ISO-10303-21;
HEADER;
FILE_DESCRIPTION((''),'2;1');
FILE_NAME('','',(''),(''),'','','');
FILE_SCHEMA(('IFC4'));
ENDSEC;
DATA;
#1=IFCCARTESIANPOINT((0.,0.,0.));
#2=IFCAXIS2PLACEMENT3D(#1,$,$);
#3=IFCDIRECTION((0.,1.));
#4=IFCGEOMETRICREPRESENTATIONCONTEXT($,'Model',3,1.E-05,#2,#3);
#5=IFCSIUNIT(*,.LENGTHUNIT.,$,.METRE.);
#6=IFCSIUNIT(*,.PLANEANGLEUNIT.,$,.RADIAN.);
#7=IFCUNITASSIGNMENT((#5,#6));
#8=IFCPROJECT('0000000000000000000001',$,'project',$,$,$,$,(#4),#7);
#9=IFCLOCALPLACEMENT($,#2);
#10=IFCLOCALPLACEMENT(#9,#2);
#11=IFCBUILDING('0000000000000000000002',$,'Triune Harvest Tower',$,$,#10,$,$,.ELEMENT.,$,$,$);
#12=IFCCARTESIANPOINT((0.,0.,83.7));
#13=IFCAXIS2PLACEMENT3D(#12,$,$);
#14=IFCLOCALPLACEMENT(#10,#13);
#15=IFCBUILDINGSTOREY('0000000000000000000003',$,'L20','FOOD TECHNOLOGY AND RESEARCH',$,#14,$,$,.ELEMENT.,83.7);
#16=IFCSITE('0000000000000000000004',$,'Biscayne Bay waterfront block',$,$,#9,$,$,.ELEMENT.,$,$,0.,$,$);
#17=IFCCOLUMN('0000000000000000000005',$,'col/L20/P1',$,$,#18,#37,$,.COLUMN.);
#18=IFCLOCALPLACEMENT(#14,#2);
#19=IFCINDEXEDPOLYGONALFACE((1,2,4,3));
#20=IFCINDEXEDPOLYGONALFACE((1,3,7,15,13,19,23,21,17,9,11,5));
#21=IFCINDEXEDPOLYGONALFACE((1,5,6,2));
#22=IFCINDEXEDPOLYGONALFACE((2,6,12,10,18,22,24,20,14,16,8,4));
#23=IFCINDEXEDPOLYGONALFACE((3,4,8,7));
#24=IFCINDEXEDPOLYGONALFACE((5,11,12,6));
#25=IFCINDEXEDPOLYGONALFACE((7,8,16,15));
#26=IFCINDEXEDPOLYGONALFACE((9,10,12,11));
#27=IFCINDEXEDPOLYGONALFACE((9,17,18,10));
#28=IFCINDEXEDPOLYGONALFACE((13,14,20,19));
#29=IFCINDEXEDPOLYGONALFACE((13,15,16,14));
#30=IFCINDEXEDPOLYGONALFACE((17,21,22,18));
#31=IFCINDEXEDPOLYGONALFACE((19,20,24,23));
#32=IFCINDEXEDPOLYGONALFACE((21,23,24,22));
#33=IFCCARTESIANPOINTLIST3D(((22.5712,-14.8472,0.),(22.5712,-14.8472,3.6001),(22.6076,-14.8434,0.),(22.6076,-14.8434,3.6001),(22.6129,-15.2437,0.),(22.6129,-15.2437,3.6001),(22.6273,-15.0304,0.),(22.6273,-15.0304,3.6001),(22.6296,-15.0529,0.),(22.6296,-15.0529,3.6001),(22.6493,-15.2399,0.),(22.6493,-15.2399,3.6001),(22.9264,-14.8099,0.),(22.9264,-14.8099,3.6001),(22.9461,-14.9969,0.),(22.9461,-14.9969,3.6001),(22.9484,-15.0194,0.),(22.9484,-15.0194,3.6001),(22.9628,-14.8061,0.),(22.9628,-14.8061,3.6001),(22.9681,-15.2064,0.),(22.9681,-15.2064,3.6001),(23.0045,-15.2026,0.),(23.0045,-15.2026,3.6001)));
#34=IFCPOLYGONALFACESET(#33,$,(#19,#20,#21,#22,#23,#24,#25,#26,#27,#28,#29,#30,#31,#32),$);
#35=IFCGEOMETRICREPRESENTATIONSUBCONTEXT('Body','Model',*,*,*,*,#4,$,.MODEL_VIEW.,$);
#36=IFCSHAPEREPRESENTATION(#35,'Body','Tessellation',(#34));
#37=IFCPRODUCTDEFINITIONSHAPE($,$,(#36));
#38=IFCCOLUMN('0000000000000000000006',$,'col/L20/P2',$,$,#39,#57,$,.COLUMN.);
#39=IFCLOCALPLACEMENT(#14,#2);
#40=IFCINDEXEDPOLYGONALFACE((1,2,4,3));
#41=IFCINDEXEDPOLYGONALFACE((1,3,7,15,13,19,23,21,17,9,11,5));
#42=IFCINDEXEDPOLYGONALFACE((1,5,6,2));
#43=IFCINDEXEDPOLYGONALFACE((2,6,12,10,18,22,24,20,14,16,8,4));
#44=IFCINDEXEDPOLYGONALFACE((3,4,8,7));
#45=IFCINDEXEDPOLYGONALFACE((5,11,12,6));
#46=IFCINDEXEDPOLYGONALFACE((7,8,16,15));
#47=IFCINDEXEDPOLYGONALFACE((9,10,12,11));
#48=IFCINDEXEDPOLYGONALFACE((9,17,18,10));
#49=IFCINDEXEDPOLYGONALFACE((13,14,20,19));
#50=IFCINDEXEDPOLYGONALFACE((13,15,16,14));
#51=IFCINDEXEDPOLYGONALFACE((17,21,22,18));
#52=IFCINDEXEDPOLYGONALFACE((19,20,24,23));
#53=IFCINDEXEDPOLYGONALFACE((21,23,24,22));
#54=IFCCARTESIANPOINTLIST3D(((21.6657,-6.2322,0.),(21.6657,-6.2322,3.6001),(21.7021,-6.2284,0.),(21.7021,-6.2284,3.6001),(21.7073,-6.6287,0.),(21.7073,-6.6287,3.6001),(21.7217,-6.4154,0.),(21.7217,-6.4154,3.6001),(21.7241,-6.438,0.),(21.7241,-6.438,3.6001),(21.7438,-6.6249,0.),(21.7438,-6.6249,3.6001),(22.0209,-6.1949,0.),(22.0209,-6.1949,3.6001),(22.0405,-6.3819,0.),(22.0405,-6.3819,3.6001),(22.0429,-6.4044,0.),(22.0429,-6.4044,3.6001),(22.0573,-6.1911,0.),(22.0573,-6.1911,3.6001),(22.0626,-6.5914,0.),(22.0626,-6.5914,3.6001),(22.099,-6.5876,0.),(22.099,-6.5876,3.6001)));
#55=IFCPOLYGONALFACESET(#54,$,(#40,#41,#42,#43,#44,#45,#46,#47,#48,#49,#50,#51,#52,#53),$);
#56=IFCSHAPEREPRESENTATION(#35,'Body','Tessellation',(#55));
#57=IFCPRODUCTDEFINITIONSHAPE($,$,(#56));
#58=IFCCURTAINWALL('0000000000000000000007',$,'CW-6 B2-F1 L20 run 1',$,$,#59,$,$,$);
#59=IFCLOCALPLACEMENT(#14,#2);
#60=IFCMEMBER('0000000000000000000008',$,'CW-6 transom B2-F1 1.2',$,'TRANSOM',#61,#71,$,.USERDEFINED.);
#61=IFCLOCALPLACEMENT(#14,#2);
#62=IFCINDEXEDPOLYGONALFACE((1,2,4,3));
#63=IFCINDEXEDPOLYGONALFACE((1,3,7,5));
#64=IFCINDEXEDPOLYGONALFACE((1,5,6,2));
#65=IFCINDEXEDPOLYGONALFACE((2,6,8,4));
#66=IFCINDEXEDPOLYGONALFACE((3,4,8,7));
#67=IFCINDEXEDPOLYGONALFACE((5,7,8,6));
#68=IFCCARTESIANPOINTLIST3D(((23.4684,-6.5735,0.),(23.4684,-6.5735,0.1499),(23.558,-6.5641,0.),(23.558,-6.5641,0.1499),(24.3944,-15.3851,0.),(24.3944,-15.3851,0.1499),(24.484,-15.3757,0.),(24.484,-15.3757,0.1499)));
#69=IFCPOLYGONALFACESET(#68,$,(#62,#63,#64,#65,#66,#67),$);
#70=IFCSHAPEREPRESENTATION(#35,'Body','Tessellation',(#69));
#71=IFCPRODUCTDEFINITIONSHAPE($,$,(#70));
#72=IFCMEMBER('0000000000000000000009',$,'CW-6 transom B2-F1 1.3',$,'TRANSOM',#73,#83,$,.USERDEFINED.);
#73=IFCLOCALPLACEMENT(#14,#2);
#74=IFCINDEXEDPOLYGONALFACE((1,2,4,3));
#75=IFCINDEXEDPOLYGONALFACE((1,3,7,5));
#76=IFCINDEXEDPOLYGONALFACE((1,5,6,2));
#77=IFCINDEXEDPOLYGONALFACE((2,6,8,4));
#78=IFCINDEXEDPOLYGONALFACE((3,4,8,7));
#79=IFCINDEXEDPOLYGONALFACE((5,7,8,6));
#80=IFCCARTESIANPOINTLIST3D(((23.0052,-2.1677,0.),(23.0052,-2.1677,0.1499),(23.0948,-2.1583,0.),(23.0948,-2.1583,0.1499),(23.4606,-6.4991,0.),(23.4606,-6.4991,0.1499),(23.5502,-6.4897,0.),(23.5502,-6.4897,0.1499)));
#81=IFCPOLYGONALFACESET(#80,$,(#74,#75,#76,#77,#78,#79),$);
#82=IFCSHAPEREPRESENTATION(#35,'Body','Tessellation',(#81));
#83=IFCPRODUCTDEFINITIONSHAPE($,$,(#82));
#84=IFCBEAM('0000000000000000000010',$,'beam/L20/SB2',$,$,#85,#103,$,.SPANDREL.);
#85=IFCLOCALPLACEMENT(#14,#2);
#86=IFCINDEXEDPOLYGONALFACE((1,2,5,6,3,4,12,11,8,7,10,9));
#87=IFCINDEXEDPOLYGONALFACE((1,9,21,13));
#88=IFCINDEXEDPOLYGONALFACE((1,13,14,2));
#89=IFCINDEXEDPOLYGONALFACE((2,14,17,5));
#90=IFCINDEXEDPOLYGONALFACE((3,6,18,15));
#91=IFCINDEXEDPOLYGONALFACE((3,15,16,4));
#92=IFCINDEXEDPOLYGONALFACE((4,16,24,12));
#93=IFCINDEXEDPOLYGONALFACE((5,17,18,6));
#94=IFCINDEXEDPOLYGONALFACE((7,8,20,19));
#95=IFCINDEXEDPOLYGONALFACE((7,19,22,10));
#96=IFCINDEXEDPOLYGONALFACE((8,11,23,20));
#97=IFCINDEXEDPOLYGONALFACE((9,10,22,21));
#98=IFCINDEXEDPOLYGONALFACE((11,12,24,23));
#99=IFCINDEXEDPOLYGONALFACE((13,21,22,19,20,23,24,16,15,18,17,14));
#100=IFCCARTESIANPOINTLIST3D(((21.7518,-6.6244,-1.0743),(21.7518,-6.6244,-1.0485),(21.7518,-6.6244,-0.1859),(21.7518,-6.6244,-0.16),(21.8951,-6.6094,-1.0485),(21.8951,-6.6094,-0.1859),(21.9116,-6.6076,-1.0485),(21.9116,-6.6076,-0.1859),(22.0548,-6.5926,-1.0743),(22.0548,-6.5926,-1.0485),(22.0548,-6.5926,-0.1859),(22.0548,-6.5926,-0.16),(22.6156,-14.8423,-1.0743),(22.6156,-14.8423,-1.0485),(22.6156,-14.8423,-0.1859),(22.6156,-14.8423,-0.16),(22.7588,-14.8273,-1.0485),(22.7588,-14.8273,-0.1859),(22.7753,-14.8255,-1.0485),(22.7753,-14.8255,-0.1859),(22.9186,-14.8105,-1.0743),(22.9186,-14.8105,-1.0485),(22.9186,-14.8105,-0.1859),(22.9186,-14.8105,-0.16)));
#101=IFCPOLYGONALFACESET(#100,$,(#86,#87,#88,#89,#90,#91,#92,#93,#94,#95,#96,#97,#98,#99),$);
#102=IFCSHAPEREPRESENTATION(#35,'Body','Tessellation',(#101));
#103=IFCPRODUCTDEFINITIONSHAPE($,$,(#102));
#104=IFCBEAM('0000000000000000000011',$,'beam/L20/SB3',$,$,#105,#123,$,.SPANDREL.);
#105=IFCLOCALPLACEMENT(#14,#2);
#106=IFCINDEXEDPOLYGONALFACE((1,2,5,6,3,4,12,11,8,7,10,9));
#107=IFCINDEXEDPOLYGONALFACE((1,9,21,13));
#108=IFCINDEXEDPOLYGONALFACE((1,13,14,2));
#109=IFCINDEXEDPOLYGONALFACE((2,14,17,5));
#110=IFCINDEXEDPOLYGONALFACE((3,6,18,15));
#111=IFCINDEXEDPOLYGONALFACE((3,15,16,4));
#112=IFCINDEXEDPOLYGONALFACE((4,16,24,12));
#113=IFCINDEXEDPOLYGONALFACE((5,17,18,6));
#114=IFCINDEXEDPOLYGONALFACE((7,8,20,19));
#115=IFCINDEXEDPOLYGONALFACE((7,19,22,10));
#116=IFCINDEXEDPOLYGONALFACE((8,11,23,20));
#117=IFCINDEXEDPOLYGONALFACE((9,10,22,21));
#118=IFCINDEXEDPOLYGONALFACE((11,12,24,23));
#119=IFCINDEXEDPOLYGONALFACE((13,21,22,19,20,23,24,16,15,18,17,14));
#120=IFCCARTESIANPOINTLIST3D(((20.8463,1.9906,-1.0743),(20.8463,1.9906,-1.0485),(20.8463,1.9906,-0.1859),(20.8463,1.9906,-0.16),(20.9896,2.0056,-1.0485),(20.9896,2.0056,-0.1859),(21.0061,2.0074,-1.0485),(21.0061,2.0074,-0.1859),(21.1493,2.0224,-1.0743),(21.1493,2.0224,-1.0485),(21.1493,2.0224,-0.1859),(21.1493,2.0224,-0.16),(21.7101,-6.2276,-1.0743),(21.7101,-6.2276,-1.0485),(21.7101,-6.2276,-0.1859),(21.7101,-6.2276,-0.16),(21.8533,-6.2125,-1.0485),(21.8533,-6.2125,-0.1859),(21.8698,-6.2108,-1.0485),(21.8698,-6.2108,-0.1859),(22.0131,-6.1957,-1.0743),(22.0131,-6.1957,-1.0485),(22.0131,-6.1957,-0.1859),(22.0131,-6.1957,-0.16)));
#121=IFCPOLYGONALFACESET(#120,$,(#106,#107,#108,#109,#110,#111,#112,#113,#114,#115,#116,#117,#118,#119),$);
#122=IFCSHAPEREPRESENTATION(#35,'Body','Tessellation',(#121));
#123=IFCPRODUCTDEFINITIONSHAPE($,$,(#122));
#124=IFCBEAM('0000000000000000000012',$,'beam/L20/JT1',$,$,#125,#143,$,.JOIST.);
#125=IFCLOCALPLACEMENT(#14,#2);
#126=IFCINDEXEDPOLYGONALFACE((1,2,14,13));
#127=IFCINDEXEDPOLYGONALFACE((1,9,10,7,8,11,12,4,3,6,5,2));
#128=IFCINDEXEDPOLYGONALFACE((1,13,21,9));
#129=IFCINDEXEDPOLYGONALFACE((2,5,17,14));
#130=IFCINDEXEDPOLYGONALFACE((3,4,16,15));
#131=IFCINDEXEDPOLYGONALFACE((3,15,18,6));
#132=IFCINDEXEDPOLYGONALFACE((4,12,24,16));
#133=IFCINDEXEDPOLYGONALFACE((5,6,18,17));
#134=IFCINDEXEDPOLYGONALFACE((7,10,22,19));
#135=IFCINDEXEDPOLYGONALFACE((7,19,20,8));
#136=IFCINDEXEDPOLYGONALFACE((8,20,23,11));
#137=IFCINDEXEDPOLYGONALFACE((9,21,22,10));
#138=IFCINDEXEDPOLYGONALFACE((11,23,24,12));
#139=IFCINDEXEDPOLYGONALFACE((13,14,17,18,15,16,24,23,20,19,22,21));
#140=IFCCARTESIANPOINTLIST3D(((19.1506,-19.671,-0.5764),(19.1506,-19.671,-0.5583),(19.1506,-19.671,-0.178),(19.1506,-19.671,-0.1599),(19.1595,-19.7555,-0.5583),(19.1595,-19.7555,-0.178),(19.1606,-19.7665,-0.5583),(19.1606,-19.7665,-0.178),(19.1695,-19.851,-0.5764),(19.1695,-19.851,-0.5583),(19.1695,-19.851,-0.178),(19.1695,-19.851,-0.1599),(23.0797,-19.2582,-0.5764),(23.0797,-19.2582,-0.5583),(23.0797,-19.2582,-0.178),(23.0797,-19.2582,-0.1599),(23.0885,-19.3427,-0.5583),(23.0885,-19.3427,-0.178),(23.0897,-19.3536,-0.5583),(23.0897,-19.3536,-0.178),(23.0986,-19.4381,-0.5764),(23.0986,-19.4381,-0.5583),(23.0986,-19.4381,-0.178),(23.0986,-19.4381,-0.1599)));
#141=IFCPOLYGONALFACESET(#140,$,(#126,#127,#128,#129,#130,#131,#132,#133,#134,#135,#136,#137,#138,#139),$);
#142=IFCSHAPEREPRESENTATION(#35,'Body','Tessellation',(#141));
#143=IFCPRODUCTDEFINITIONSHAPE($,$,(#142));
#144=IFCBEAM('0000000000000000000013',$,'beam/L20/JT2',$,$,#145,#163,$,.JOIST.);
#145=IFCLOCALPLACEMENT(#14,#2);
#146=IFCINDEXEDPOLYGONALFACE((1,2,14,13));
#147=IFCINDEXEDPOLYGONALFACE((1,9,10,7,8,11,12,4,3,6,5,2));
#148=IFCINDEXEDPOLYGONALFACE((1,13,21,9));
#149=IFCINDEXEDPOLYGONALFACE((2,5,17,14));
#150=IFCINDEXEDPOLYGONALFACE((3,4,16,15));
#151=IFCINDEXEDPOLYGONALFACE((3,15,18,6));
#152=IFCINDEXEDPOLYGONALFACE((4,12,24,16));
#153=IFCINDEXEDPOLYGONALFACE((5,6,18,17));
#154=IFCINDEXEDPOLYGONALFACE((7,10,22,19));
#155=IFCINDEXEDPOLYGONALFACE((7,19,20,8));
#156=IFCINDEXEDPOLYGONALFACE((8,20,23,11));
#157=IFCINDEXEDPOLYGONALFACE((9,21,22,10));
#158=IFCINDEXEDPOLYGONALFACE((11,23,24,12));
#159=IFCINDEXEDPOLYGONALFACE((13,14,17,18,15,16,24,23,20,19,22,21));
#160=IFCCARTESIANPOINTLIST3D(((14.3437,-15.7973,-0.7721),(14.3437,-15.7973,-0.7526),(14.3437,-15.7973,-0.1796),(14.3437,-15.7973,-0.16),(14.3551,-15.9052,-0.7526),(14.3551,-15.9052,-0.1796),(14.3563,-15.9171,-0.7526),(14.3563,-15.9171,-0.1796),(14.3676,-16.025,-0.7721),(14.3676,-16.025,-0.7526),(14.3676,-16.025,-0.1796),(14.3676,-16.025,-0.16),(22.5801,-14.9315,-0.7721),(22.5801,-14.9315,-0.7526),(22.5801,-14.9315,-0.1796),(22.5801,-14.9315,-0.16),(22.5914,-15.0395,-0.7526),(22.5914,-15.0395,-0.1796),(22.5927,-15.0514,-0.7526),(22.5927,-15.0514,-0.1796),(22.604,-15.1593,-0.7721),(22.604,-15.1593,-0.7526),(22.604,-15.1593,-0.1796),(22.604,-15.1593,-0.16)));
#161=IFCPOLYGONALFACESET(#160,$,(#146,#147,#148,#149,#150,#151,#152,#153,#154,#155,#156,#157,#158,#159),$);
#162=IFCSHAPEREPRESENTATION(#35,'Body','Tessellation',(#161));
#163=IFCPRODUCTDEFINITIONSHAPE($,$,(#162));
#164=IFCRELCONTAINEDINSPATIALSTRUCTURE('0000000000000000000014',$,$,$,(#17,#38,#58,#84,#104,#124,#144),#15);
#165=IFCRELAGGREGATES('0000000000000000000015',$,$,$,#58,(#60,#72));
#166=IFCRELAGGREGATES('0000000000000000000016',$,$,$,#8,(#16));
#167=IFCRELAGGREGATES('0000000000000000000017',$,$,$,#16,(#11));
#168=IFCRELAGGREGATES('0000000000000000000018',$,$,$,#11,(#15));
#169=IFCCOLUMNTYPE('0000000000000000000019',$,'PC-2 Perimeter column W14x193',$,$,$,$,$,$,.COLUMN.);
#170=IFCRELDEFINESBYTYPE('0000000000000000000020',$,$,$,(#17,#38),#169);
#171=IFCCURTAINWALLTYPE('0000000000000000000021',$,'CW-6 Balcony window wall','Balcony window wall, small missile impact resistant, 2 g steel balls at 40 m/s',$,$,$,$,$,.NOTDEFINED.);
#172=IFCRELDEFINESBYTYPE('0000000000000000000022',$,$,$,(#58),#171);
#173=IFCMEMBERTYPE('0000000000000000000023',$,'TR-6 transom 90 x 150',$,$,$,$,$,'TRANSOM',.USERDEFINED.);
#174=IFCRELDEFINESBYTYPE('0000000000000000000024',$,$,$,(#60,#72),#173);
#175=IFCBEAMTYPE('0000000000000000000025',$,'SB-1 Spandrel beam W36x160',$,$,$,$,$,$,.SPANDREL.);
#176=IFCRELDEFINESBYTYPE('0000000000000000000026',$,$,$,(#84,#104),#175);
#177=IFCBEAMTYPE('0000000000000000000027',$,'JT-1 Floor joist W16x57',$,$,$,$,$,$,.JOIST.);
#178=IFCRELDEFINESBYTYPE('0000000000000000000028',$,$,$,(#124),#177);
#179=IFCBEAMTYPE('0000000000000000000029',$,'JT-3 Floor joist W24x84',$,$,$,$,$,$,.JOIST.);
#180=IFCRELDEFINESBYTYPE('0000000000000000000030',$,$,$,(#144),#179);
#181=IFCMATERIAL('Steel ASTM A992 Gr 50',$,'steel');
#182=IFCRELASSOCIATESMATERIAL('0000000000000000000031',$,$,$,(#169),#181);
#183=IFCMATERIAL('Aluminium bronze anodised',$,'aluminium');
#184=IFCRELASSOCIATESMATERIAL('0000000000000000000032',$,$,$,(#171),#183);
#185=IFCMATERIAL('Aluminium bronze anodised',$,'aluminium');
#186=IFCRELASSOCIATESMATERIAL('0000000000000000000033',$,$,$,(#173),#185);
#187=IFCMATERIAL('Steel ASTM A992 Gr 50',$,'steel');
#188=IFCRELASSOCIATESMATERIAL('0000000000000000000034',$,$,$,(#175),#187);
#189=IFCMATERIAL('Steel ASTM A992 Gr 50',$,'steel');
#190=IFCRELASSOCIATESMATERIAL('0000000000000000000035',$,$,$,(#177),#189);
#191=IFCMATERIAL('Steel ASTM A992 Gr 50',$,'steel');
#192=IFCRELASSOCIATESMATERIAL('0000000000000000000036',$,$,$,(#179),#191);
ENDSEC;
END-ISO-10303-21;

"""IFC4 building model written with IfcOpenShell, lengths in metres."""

from ifc_helpers import new_model, si_unit, direction, frame, origin, origin_2d, place, context, subcontext, project, spatial, rectangle, i_section, extrude, source, transform, mapped, material, material_profile, profile_set, type_object, element, aggregate, save


model = new_model("IFC4")

# Units and contexts
model_context = context("Model", 3, precision=1e-05, world=origin(), true_north=direction((0.0, 1.0)))
body_context = subcontext(model_context, "Body", "Model", "MODEL_VIEW")
ifc_project = project(units=[si_unit("LENGTHUNIT", "METRE"), si_unit("PLANEANGLEUNIT", "RADIAN")], contexts=[model_context])

# Site, building, storey
site_placement = place(None, origin())
site = spatial("IfcSite", under=ifc_project, at=site_placement, Name="Biscayne Bay waterfront block", CompositionType="ELEMENT", RefElevation=0.0)
building_placement = place(site_placement, origin())
building = spatial("IfcBuilding", under=site, at=building_placement, Name="Triune Harvest Tower", CompositionType="ELEMENT")
storey_placement = place(building_placement, frame((0.0, 0.0, 83.7)))
storey = spatial("IfcBuildingStorey", under=building, at=storey_placement, Name="L20", Description="FOOD TECHNOLOGY AND RESEARCH", CompositionType="ELEMENT", Elevation=83.7)

# Columns
ifc_material_1 = material(Name="Steel ASTM A992 Gr 50", Category="steel")
ifc_material_profile_1 = material_profile(ifc_material_1, i_section(OverallWidth=0.3987, OverallDepth=0.3938, WebThickness=0.0227, FlangeThickness=0.0366, at=origin_2d()), Name="W14x193")
ifc_profile_set_1 = profile_set([ifc_material_profile_1], Name="Steel ASTM A992 Gr 50")
column_type = type_object("IfcColumnType", Name="PC-2 Perimeter column W14x193", PredefinedType="COLUMN", material=ifc_profile_set_1)
shared_shape_1 = source(origin(), body_context, "Body", "SweptSolid", [
    extrude(i_section(OverallWidth=0.3987, OverallDepth=0.3938, WebThickness=0.0227, FlangeThickness=0.0366, at=origin_2d()), origin(), (0.0, 0.0, 1.0), 3.6001),
])
for number, where, z_axis, x_axis, name in (
    (1, (22.7878, -15.0249, 0.0), (0.0, 0.0, 1.0), (-0.104527, 0.994522, 0.0), "col/L20/P1"),
    (2, (21.8823, -6.4099, 0.0), (0.0, 0.0, 1.0), (-0.104527, 0.994522, 0.0), "col/L20/P2"),
):
    element("IfcColumn", number, at=place(storey_placement, frame(where, z_axis=z_axis, x_axis=x_axis)), inside=storey, type_object=column_type, Name=name, PredefinedType="COLUMN", context=body_context, shape_type="MappedRepresentation", body=[
        mapped(shared_shape_1, transform((0.0, 0.0, 0.0), scale=1.0)),
    ])

# Curtain wall, members
ifc_material_2 = material(Name="Aluminium bronze anodised", Category="aluminium")
curtain_wall_type = type_object("IfcCurtainWallType", Name="CW-6 Balcony window wall", Description="Balcony window wall, small missile impact resistant, 2 g steel balls at 40 m/s", PredefinedType="NOTDEFINED", material=ifc_material_2)
curtain_wall_placement = place(storey_placement, origin())
curtain_wall = element("IfcCurtainWall", 3, at=curtain_wall_placement, inside=storey, type_object=curtain_wall_type, Name="CW-6 B2-F1 L20 run 1")
ifc_material_3 = material(Name="Aluminium bronze anodised", Category="aluminium")
ifc_material_profile_2 = material_profile(ifc_material_3, rectangle(XDim=0.0901, YDim=0.1499, at=origin_2d()), Name="TR-6 transom 90 x 150")
ifc_profile_set_2 = profile_set([ifc_material_profile_2], Name="Aluminium bronze anodised")
member_type_1 = type_object("IfcMemberType", Name="TR-6 transom 90 x 150", ElementType="TRANSOM", PredefinedType="USERDEFINED", material=ifc_profile_set_2)
member_1_placement = place(storey_placement, frame((24.4392, -15.3804, 0.075), z_axis=(-0.104517, 0.994523, 0.0), x_axis=(-0.994523, -0.104517, 0.0)))
member_1 = element("IfcMember", 4, at=member_1_placement, type_object=member_type_1, Name="CW-6 transom B2-F1 1.2", ObjectType="TRANSOM", PredefinedType="USERDEFINED", context=body_context, shape_type="SweptSolid", body=[
    extrude(rectangle(XDim=0.0901, YDim=0.1499, at=origin_2d()), origin(), (0.0, 0.0, 1.0), 8.8601),
])
member_2_placement = place(storey_placement, frame((23.5054, -6.4944, 0.075), z_axis=(-0.104548, 0.99452, 0.0), x_axis=(-0.99452, -0.104548, 0.0)))
member_2 = element("IfcMember", 5, at=member_2_placement, type_object=member_type_1, Name="CW-6 transom B2-F1 1.3", ObjectType="TRANSOM", PredefinedType="USERDEFINED", context=body_context, shape_type="SweptSolid", body=[
    extrude(rectangle(XDim=0.0901, YDim=0.1499, at=origin_2d()), origin(), (0.0, 0.0, 1.0), 4.3552),
])

# Beams
ifc_material_4 = material(Name="Steel ASTM A992 Gr 50", Category="steel")
ifc_material_profile_3 = material_profile(ifc_material_4, i_section(OverallWidth=0.3047, OverallDepth=0.9143, WebThickness=0.0166, FlangeThickness=0.0259, at=origin_2d()), Name="W36x160")
ifc_profile_set_3 = profile_set([ifc_material_profile_3], Name="Steel ASTM A992 Gr 50")
beam_type_1 = type_object("IfcBeamType", Name="SB-1 Spandrel beam W36x160", PredefinedType="SPANDREL", material=ifc_profile_set_3)
shared_shape_2 = source(origin(), body_context, "Body", "SweptSolid", [
    extrude(i_section(OverallWidth=0.3047, OverallDepth=0.9143, WebThickness=0.0166, FlangeThickness=0.0259, at=origin_2d()), origin(), (0.0, 0.0, 1.0), 8.2632),
])
beam_1_placement = place(storey_placement, frame((22.7671, -14.8264, -0.6172), z_axis=(-0.104531, 0.994522, 0.0), x_axis=(-0.994522, -0.104531, 0.0)))
element("IfcBeam", 6, at=beam_1_placement, inside=storey, type_object=beam_type_1, Name="beam/L20/SB2", PredefinedType="SPANDREL", context=body_context, shape_type="MappedRepresentation", body=[
    mapped(shared_shape_2, transform((0.0, 0.0, 0.0), scale=1.0)),
])
shared_shape_3 = source(origin(), body_context, "Body", "SweptSolid", [
    extrude(i_section(OverallWidth=0.3047, OverallDepth=0.9143, WebThickness=0.0166, FlangeThickness=0.0259, at=origin_2d()), origin(), (0.0, 0.0, 1.0), 8.2634),
])
beam_2_placement = place(storey_placement, frame((21.8616, -6.2117, -0.6172), z_axis=(-0.104528, 0.994522, 0.0), x_axis=(-0.994522, -0.104528, 0.0)))
element("IfcBeam", 7, at=beam_2_placement, inside=storey, type_object=beam_type_1, Name="beam/L20/SB3", PredefinedType="SPANDREL", context=body_context, shape_type="MappedRepresentation", body=[
    mapped(shared_shape_3, transform((0.0, 0.0, 0.0), scale=1.0)),
])
ifc_material_5 = material(Name="Steel ASTM A992 Gr 50", Category="steel")
ifc_material_profile_4 = material_profile(ifc_material_5, i_section(OverallWidth=0.1809, OverallDepth=0.4165, WebThickness=0.011, FlangeThickness=0.0181, at=origin_2d()), Name="W16x57")
ifc_profile_set_4 = profile_set([ifc_material_profile_4], Name="Steel ASTM A992 Gr 50")
beam_type_2 = type_object("IfcBeamType", Name="JT-1 Floor joist W16x57", PredefinedType="JOIST", material=ifc_profile_set_4)
shared_shape_4 = source(origin(), body_context, "Body", "SweptSolid", [
    extrude(i_section(OverallWidth=0.1809, OverallDepth=0.4165, WebThickness=0.011, FlangeThickness=0.0181, at=origin_2d()), origin(), (0.0, 0.0, 1.0), 3.9507),
])
beam_3_placement = place(storey_placement, frame((23.0891, -19.3481, -0.3682), z_axis=(-0.994525, -0.104501, 0.0), x_axis=(0.104501, -0.994525, 0.0)))
element("IfcBeam", 8, at=beam_3_placement, inside=storey, type_object=beam_type_2, Name="beam/L20/JT1", PredefinedType="JOIST", context=body_context, shape_type="MappedRepresentation", body=[
    mapped(shared_shape_4, transform((0.0, 0.0, 0.0), scale=1.0)),
])
ifc_material_6 = material(Name="Steel ASTM A992 Gr 50", Category="steel")
ifc_material_profile_5 = material_profile(ifc_material_6, i_section(OverallWidth=0.229, OverallDepth=0.6121, WebThickness=0.012, FlangeThickness=0.0195, at=origin_2d()), Name="W24x84")
ifc_profile_set_5 = profile_set([ifc_material_profile_5], Name="Steel ASTM A992 Gr 50")
beam_type_3 = type_object("IfcBeamType", Name="JT-3 Floor joist W24x84", PredefinedType="JOIST", material=ifc_profile_set_5)
shared_shape_5 = source(origin(), body_context, "Body", "SweptSolid", [
    extrude(i_section(OverallWidth=0.229, OverallDepth=0.6121, WebThickness=0.012, FlangeThickness=0.0195, at=origin_2d()), origin(), (0.0, 0.0, 1.0), 8.2817),
])
beam_4_placement = place(storey_placement, frame((22.592, -15.0454, -0.4661), z_axis=(-0.994521, -0.104534, 0.0), x_axis=(0.104534, -0.994521, 0.0)))
element("IfcBeam", 9, at=beam_4_placement, inside=storey, type_object=beam_type_3, Name="beam/L20/JT2", PredefinedType="JOIST", context=body_context, shape_type="MappedRepresentation", body=[
    mapped(shared_shape_5, transform((0.0, 0.0, 0.0), scale=1.0)),
])

aggregate(curtain_wall, [member_1, member_2])

save(model, "model.ifc")
